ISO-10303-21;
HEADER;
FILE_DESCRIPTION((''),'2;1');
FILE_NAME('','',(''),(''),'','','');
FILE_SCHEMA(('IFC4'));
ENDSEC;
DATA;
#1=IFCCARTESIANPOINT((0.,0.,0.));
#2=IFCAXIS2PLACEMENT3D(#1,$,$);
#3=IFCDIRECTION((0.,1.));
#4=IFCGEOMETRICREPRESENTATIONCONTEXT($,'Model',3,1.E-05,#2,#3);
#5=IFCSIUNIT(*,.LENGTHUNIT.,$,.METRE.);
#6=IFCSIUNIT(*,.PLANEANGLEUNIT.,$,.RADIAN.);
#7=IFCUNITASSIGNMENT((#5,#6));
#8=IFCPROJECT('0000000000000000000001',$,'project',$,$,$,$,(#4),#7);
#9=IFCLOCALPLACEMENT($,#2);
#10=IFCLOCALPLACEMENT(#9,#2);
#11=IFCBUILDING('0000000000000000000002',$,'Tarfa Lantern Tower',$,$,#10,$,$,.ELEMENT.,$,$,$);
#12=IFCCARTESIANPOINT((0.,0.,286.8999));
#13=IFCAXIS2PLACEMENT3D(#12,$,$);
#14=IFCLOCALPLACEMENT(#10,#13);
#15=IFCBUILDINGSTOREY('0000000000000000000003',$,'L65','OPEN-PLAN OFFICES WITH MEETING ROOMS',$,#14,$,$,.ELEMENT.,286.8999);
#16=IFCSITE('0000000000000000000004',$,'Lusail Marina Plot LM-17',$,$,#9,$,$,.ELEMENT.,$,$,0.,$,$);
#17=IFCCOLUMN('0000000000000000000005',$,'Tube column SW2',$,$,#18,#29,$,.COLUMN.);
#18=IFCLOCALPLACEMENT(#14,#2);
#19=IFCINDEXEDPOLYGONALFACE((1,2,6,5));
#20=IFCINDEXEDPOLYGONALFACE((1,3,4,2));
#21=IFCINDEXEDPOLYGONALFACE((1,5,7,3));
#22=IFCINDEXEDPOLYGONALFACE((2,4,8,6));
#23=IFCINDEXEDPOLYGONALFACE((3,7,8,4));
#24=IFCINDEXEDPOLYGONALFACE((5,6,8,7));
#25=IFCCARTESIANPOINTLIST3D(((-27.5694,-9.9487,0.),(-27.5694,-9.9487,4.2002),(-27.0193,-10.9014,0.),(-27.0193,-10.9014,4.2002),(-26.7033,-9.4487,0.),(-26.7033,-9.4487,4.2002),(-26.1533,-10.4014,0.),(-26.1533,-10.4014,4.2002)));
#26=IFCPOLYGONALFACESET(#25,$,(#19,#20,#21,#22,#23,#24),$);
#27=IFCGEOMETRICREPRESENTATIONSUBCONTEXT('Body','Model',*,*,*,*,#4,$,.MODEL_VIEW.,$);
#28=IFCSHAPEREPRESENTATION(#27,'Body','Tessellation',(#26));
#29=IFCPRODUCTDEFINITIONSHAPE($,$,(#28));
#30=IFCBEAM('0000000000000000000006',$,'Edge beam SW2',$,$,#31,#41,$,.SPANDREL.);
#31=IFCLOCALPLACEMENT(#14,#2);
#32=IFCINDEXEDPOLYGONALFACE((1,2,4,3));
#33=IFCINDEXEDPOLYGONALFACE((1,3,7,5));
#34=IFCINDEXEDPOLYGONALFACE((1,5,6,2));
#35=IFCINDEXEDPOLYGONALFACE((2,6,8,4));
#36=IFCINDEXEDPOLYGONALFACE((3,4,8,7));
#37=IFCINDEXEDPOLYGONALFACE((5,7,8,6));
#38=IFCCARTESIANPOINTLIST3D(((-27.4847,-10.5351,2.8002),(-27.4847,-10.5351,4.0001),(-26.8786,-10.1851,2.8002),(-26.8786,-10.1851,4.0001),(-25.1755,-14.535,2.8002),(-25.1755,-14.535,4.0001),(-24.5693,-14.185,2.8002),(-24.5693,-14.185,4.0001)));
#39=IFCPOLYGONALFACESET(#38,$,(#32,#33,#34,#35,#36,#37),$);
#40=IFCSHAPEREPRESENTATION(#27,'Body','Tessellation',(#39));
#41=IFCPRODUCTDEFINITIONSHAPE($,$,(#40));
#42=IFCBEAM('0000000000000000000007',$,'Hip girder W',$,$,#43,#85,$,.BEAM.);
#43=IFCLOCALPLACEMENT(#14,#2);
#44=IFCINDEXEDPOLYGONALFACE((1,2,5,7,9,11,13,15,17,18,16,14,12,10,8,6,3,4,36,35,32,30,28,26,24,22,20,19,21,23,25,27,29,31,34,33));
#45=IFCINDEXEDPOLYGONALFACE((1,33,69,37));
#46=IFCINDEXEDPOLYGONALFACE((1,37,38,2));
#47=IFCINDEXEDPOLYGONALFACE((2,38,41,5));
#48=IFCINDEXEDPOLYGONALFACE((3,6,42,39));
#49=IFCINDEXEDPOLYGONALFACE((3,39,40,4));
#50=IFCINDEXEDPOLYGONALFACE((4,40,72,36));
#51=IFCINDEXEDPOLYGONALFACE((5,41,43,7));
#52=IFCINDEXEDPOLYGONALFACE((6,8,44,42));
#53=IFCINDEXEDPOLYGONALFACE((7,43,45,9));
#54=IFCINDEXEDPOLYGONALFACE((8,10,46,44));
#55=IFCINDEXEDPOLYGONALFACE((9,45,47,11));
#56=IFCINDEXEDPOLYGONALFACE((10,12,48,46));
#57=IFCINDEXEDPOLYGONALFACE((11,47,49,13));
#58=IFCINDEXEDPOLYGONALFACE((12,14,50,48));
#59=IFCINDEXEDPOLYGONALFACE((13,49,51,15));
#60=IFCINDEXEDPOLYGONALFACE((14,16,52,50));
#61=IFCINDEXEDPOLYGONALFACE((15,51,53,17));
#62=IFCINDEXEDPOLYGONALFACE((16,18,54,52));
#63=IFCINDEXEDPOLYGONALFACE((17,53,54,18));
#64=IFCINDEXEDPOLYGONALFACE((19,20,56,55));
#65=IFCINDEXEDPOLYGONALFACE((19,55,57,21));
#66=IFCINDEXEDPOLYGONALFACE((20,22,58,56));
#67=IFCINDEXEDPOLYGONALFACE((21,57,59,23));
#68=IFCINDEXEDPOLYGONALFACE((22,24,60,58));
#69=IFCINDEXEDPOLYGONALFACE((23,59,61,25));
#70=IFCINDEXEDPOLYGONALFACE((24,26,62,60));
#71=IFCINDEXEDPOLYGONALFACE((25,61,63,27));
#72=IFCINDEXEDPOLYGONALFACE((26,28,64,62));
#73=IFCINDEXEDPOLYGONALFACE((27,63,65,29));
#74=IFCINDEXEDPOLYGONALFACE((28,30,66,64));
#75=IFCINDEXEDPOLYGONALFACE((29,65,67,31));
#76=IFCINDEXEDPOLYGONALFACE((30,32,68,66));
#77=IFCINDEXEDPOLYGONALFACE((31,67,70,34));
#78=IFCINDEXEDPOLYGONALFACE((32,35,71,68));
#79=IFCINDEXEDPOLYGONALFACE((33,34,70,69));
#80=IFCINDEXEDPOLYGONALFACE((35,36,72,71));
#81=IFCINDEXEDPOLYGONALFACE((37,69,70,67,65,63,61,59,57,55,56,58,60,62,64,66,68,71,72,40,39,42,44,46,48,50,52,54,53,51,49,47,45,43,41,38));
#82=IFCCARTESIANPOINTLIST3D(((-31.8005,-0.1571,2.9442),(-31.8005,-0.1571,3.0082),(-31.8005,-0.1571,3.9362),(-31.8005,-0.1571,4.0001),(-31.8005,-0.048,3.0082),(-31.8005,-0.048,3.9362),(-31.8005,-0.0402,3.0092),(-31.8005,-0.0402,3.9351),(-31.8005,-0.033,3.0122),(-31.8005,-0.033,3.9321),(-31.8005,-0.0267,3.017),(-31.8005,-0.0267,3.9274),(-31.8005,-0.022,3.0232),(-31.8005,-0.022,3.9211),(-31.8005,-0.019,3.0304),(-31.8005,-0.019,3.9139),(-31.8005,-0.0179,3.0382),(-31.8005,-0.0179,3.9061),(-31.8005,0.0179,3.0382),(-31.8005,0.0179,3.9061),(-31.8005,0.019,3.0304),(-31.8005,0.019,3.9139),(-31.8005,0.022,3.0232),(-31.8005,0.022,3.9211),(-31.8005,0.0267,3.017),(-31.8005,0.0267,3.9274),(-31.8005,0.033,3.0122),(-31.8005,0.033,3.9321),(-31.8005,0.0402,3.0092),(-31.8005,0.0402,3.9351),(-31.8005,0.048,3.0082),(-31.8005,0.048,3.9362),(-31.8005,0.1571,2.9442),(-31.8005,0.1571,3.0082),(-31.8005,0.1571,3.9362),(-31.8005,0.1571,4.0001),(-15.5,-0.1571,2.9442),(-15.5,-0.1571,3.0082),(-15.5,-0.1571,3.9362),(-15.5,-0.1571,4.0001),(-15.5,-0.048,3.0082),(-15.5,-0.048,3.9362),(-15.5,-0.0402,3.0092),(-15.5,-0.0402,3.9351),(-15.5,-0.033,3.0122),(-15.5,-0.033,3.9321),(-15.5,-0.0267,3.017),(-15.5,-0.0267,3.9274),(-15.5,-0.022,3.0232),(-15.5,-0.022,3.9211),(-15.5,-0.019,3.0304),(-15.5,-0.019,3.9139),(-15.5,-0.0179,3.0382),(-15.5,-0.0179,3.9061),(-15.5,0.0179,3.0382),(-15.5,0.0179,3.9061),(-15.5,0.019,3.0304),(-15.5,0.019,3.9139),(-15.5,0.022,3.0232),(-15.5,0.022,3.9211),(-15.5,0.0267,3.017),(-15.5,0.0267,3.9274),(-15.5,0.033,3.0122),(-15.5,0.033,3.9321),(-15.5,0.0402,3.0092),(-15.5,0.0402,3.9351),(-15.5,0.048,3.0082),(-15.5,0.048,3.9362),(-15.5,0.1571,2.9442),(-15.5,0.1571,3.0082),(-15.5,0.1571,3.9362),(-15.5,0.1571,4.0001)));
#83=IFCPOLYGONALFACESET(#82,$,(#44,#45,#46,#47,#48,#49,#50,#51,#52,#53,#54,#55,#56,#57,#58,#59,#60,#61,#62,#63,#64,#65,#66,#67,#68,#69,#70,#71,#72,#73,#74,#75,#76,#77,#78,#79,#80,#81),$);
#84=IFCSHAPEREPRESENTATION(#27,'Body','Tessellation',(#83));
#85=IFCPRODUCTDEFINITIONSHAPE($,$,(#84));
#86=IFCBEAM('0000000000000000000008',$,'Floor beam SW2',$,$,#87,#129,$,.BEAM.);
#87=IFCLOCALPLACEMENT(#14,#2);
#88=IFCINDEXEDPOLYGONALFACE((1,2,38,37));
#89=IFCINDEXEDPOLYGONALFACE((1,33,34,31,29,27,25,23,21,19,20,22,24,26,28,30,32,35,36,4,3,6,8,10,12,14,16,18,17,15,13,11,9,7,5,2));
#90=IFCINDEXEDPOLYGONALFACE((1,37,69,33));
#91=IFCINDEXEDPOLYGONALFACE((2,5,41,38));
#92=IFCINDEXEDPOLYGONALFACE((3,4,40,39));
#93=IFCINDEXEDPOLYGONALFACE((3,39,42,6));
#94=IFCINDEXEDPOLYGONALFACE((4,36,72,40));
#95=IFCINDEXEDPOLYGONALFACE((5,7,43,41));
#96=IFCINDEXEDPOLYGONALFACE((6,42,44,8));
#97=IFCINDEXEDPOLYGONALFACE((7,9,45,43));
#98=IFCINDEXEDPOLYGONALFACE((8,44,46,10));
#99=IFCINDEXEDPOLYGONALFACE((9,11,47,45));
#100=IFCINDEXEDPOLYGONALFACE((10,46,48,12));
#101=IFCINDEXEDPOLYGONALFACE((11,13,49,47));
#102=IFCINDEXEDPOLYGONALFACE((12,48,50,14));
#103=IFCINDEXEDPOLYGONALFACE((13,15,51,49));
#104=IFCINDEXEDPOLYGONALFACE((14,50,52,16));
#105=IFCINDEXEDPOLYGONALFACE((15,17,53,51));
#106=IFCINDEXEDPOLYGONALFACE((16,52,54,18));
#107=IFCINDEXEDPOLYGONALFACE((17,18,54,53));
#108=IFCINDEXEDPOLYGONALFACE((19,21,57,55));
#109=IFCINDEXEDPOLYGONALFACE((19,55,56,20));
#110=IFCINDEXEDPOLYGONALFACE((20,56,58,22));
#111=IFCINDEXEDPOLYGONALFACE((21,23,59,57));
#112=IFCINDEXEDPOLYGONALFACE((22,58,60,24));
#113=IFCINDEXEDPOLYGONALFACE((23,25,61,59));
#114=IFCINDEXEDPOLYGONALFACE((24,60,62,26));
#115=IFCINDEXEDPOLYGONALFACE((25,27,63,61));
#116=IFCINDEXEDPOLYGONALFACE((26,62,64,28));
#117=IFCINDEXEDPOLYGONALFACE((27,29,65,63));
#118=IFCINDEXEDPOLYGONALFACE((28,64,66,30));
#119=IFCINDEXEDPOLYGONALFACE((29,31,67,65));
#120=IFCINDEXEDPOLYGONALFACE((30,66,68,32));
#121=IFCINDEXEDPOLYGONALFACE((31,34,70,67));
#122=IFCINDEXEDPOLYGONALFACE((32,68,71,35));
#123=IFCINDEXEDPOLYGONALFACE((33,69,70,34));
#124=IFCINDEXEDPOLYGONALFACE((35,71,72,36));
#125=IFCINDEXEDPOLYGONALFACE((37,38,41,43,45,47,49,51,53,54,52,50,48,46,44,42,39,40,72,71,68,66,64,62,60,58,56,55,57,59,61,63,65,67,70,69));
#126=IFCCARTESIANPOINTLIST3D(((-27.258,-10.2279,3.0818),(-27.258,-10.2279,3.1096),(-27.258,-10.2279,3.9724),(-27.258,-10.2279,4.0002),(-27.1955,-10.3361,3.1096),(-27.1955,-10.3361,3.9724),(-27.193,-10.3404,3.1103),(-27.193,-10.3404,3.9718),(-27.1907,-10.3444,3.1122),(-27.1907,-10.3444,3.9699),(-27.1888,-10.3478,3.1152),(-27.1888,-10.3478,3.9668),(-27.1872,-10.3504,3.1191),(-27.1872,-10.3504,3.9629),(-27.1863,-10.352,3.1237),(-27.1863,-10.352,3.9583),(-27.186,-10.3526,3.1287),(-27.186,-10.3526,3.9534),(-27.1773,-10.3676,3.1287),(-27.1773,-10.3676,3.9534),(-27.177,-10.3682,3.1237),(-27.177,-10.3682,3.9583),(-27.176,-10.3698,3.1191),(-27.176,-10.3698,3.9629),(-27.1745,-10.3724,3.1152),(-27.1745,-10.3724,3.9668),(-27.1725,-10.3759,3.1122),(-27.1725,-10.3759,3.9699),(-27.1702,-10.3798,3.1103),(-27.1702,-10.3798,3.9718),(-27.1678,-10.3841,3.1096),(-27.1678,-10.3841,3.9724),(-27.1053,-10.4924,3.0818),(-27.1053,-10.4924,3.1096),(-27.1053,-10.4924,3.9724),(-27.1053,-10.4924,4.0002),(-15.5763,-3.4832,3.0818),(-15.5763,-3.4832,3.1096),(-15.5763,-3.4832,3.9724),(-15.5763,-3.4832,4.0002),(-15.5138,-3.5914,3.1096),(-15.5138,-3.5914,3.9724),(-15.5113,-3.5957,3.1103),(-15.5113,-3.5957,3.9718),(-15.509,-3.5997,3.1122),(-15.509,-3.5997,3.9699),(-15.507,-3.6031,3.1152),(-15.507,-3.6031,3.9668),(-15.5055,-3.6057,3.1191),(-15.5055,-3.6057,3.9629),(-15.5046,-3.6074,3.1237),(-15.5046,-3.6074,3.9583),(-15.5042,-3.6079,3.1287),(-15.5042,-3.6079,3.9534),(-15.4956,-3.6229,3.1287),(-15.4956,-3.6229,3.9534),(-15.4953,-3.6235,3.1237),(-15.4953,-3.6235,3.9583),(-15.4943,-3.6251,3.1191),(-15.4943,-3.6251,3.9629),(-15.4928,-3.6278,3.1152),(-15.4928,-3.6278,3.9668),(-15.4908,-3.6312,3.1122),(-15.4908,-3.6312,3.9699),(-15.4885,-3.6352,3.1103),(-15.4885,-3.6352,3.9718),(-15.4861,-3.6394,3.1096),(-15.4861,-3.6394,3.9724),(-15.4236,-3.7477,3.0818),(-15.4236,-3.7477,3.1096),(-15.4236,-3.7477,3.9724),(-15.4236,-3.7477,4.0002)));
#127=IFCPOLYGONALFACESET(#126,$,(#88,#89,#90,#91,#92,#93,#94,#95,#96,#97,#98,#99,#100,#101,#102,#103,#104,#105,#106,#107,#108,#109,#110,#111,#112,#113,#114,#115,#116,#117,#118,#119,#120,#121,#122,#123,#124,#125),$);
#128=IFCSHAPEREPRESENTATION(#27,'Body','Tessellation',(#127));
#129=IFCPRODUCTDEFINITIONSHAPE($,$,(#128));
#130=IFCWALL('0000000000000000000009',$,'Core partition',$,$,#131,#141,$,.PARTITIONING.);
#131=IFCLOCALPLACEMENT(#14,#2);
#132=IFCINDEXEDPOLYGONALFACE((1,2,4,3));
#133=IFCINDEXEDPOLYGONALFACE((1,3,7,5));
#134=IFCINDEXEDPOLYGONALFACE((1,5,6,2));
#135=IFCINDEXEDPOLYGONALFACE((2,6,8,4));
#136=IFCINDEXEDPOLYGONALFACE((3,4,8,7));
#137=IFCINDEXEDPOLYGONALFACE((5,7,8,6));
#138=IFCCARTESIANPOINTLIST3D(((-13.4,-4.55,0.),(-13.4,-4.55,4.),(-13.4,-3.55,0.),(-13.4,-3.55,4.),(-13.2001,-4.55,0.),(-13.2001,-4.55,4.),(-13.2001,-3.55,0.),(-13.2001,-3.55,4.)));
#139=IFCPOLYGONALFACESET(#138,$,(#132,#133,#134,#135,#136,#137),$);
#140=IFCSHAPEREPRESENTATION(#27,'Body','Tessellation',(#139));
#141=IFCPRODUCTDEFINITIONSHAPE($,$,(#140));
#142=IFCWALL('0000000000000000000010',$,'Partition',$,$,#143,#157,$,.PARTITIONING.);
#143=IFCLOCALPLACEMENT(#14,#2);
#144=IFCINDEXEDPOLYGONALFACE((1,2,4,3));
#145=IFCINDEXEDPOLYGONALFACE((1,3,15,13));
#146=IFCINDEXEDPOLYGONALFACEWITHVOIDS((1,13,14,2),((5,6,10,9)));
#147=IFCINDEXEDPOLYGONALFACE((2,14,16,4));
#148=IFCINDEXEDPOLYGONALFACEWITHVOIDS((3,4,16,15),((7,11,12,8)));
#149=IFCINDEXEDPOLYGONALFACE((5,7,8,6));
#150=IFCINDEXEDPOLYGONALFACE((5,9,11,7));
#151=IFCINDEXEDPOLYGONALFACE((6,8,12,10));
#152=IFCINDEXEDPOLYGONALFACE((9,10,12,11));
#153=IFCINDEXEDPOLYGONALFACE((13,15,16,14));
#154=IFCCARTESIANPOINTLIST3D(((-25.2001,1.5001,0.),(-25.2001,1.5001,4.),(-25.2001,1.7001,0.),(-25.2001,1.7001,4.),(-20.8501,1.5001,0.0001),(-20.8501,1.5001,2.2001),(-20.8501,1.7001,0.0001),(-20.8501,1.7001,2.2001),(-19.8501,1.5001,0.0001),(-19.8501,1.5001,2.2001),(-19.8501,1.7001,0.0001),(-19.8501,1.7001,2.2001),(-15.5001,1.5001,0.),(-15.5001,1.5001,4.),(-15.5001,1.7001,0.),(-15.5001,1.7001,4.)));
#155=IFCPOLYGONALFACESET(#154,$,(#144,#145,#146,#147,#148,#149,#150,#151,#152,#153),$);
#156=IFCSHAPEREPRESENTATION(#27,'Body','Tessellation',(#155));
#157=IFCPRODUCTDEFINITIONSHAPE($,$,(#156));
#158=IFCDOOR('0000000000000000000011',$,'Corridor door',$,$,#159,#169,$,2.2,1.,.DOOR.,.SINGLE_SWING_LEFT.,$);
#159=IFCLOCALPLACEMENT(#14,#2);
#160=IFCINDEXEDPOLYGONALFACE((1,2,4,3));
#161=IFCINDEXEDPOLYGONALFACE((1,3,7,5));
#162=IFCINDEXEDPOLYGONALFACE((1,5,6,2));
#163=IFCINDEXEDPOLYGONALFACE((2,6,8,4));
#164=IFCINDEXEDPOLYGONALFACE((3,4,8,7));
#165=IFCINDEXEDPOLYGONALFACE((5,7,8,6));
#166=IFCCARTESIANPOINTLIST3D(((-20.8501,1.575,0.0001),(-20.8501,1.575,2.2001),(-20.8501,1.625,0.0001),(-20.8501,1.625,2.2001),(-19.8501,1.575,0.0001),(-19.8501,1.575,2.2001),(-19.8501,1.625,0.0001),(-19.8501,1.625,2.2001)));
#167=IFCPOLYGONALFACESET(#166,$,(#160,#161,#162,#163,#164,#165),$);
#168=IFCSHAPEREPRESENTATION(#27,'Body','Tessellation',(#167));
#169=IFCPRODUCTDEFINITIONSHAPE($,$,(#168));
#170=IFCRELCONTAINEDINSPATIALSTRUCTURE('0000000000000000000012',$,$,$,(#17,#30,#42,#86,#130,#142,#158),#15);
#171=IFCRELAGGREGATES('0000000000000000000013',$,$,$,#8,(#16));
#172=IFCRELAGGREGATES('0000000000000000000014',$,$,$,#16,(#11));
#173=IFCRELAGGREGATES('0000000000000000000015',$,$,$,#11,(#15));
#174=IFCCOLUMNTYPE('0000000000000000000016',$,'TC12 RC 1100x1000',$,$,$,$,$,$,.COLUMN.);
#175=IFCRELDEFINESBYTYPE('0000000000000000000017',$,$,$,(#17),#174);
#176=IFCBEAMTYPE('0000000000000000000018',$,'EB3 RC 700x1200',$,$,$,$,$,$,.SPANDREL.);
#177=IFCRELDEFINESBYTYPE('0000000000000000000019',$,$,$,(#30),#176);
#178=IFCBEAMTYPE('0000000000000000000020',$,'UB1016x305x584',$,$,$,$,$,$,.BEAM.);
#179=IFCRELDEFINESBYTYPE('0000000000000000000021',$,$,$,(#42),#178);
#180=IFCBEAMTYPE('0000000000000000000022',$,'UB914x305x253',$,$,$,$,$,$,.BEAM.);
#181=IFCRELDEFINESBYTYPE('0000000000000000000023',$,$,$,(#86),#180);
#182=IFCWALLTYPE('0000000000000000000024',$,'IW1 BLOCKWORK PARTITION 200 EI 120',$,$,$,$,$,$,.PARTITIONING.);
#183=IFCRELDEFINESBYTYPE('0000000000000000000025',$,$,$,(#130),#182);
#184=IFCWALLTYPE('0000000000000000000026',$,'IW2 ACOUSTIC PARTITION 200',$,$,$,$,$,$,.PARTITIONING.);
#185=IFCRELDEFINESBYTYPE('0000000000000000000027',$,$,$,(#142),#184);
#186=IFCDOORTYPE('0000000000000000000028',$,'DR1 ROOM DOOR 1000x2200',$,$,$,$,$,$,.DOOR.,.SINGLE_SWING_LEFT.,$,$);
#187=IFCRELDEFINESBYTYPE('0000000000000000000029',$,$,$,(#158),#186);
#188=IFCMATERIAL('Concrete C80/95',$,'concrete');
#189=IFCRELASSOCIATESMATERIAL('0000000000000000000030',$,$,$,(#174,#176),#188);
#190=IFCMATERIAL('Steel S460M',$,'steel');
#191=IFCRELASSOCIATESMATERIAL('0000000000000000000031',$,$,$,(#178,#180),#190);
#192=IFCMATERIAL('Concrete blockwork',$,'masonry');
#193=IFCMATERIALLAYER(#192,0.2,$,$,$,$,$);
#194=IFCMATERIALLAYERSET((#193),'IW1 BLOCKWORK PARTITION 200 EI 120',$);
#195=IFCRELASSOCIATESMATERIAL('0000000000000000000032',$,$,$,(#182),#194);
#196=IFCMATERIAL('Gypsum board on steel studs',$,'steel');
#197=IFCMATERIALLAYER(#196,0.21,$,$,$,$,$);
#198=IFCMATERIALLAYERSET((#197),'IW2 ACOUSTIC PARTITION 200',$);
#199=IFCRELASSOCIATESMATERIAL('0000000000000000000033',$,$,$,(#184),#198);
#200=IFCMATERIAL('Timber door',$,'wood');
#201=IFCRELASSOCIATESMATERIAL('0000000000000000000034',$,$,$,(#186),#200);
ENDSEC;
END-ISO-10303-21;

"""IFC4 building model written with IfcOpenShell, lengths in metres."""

from ifc_helpers import new_model, si_unit, direction, frame, frame_2d, origin, origin_2d, place, context, subcontext, project, spatial, rectangle, i_section, extrude, material, layer, layer_set, material_profile, profile_set, type_object, element, fill, save


model = new_model("IFC4")

# Units and contexts
model_context = context("Model", 3, precision=1e-05, world=origin(), true_north=direction((0.0, 1.0)))
body_context = subcontext(model_context, "Body", "Model", "MODEL_VIEW")
ifc_project = project(units=[si_unit("LENGTHUNIT", "METRE"), si_unit("PLANEANGLEUNIT", "RADIAN")], contexts=[model_context])

# Site, building, storey
site_placement = place(None, origin())
site = spatial("IfcSite", under=ifc_project, at=site_placement, Name="Lusail Marina Plot LM-17", CompositionType="ELEMENT", RefElevation=0.0)
building_placement = place(site_placement, origin())
building = spatial("IfcBuilding", under=site, at=building_placement, Name="Tarfa Lantern Tower", CompositionType="ELEMENT")
storey_placement = place(building_placement, frame((0.0, 0.0, 286.8999)))
storey = spatial("IfcBuildingStorey", under=building, at=storey_placement, Name="L65", Description="OPEN-PLAN OFFICES WITH MEETING ROOMS", CompositionType="ELEMENT", Elevation=286.8999)

# Column
ifc_material_1 = material(Name="Concrete C80/95", Category="concrete")
ifc_material_profile_1 = material_profile(ifc_material_1, rectangle(XDim=1.1001, YDim=1.0, at=origin_2d()), Name="RC 1100x1000")
ifc_profile_set_1 = profile_set([ifc_material_profile_1], Name="Concrete C80/95")
column_type = type_object("IfcColumnType", Name="TC12 RC 1100x1000", PredefinedType="COLUMN", material=ifc_profile_set_1)
column_placement = place(storey_placement, frame((-26.8613, -10.175, 0.0), z_axis=(0.0, 0.0, 1.0), x_axis=(0.5, -0.866025, 0.0)))
element("IfcColumn", 1, at=column_placement, inside=storey, type_object=column_type, Name="Tube column SW2", PredefinedType="COLUMN", context=body_context, shape_type="SweptSolid", body=[
    extrude(rectangle(XDim=1.1001, YDim=1.0, at=origin_2d()), origin(), (0.0, 0.0, 1.0), 4.2002),
])

# Beams
ifc_material_profile_2 = material_profile(ifc_material_1, rectangle(XDim=0.7, YDim=1.2, at=origin_2d()), Name="RC 700x1200")
ifc_profile_set_2 = profile_set([ifc_material_profile_2], Name="Concrete C80/95")
beam_type_1 = type_object("IfcBeamType", Name="EB3 RC 700x1200", PredefinedType="SPANDREL", material=ifc_profile_set_2)
beam_1_placement = place(storey_placement, frame((-27.1816, -10.3601, 3.4001), z_axis=(0.499988, -0.866032, 0.0), x_axis=(0.866032, 0.499988, 0.0)))
element("IfcBeam", 2, at=beam_1_placement, inside=storey, type_object=beam_type_1, Name="Edge beam SW2", PredefinedType="SPANDREL", context=body_context, shape_type="SweptSolid", body=[
    extrude(rectangle(XDim=0.7, YDim=1.2, at=origin_2d()), origin(), (0.0, 0.0, 1.0), 4.6187),
])
ifc_material_2 = material(Name="Steel S460M", Category="steel")
ifc_material_profile_3 = material_profile(ifc_material_2, i_section(OverallWidth=0.3142, OverallDepth=1.0559, WebThickness=0.0359, FlangeThickness=0.064, FilletRadius=0.03, at=origin_2d()), Name="UB1016x305x584")
ifc_profile_set_3 = profile_set([ifc_material_profile_3], Name="Steel S460M")
beam_type_2 = type_object("IfcBeamType", Name="UB1016x305x584", PredefinedType="BEAM", material=ifc_profile_set_3)
beam_2_placement = place(storey_placement, frame((-15.5, 0.0, 3.4722), z_axis=(-1.0, 0.0, 0.0), x_axis=(0.0, -1.0, 0.0)))
element("IfcBeam", 3, at=beam_2_placement, inside=storey, type_object=beam_type_2, Name="Hip girder W", PredefinedType="BEAM", context=body_context, shape_type="SweptSolid", body=[
    extrude(i_section(OverallWidth=0.3142, OverallDepth=1.0559, WebThickness=0.0359, FlangeThickness=0.064, FilletRadius=0.03, at=origin_2d()), origin(), (0.0, 0.0, 1.0), 16.3005),
])
ifc_material_profile_4 = material_profile(ifc_material_2, i_section(OverallWidth=0.3054, OverallDepth=0.9185, WebThickness=0.0173, FlangeThickness=0.0278, FilletRadius=0.019, at=origin_2d()), Name="UB914x305x253")
ifc_profile_set_4 = profile_set([ifc_material_profile_4], Name="Steel S460M")
beam_type_3 = type_object("IfcBeamType", Name="UB914x305x253", PredefinedType="BEAM", material=ifc_profile_set_4)
beam_3_placement = place(storey_placement, frame((-27.1816, -10.3601, 3.541), z_axis=(0.866018, 0.500013, 0.0), x_axis=(-0.500013, 0.866018, 0.0)))
element("IfcBeam", 4, at=beam_3_placement, inside=storey, type_object=beam_type_3, Name="Floor beam SW2", PredefinedType="BEAM", context=body_context, shape_type="SweptSolid", body=[
    extrude(i_section(OverallWidth=0.3054, OverallDepth=0.9185, WebThickness=0.0173, FlangeThickness=0.0278, FilletRadius=0.019, at=origin_2d()), origin(), (0.0, 0.0, 1.0), 13.489),
])

# Wall
ifc_material_3 = material(Name="Concrete blockwork", Category="masonry")
ifc_layer_1 = layer(ifc_material_3, 0.2)
ifc_layer_set_1 = layer_set([ifc_layer_1], Name="IW1 BLOCKWORK PARTITION 200 EI 120")
wall_type_1 = type_object("IfcWallType", Name="IW1 BLOCKWORK PARTITION 200 EI 120", PredefinedType="PARTITIONING", material=ifc_layer_set_1)
wall_1_placement = place(storey_placement, frame((-13.3, -3.55, 0.0), z_axis=(0.0, 0.0, 1.0), x_axis=(0.0, -1.0, 0.0)))
element("IfcWall", 5, at=wall_1_placement, inside=storey, type_object=wall_type_1, Name="Core partition", PredefinedType="PARTITIONING", context=body_context, shape_type="SweptSolid", body=[
    extrude(rectangle(XDim=1.0, YDim=0.2, at=frame_2d((0.5, 0.0))), origin(), (0.0, 0.0, 1.0), 4.0),
])

# Wall, opening, door
ifc_material_4 = material(Name="Gypsum board on steel studs", Category="steel")
ifc_layer_2 = layer(ifc_material_4, 0.21)
ifc_layer_set_2 = layer_set([ifc_layer_2], Name="IW2 ACOUSTIC PARTITION 200")
wall_type_2 = type_object("IfcWallType", Name="IW2 ACOUSTIC PARTITION 200", PredefinedType="PARTITIONING", material=ifc_layer_set_2)
wall_2_placement = place(storey_placement, frame((-15.5, 1.6001, 0.0), z_axis=(0.0, 0.0, 1.0), x_axis=(-1.0, 0.0, 0.0)))
wall_2 = element("IfcWall", 6, at=wall_2_placement, inside=storey, type_object=wall_type_2, Name="Partition", PredefinedType="PARTITIONING", context=body_context, shape_type="SweptSolid", body=[
    extrude(rectangle(XDim=9.7, YDim=0.2, at=frame_2d((4.8501, 0.0))), origin(), (0.0, 0.0, 1.0), 4.0),
])
opening_1_placement = place(wall_2_placement, frame((4.3501, 0.0, 0.0)))
opening_1 = element("IfcOpeningElement", 7, at=opening_1_placement, cuts=wall_2, PredefinedType="OPENING", context=body_context, shape_type="SweptSolid", body=[
    extrude(rectangle(XDim=1.0, YDim=2.2, at=frame_2d((0.5, 1.1001))), frame((0.0, 0.1099, 0.0), z_axis=(0.0, -1.0, 0.0), x_axis=(1.0, 0.0, 0.0)), (0.0, 0.0, 1.0), 0.22),
])
ifc_material_5 = material(Name="Timber door", Category="wood")
door_type_1 = type_object("IfcDoorType", Name="DR1 ROOM DOOR 1000x2200", OperationType="SINGLE_SWING_LEFT", PredefinedType="DOOR", material=ifc_material_5)
door_1_placement = place(opening_1_placement, frame((1.0, 0.0, 0.0), z_axis=(0.0, 0.0, 1.0), x_axis=(-1.0, 0.0, 0.0)))
door_1 = element("IfcDoor", 8, at=door_1_placement, inside=storey, type_object=door_type_1, Name="Corridor door", OperationType="SINGLE_SWING_LEFT", OverallHeight=2.2, OverallWidth=1.0, PredefinedType="DOOR", context=body_context, shape_type="SweptSolid", body=[
    extrude(rectangle(XDim=1.0, YDim=2.2, at=frame_2d((0.5, 1.1001))), frame((0.0, 0.0249, 0.0), z_axis=(0.0, -1.0, 0.0), x_axis=(1.0, 0.0, 0.0)), (0.0, 0.0, 1.0), 0.05),
])
fill(opening_1, door_1)

save(model, "model.ifc")
